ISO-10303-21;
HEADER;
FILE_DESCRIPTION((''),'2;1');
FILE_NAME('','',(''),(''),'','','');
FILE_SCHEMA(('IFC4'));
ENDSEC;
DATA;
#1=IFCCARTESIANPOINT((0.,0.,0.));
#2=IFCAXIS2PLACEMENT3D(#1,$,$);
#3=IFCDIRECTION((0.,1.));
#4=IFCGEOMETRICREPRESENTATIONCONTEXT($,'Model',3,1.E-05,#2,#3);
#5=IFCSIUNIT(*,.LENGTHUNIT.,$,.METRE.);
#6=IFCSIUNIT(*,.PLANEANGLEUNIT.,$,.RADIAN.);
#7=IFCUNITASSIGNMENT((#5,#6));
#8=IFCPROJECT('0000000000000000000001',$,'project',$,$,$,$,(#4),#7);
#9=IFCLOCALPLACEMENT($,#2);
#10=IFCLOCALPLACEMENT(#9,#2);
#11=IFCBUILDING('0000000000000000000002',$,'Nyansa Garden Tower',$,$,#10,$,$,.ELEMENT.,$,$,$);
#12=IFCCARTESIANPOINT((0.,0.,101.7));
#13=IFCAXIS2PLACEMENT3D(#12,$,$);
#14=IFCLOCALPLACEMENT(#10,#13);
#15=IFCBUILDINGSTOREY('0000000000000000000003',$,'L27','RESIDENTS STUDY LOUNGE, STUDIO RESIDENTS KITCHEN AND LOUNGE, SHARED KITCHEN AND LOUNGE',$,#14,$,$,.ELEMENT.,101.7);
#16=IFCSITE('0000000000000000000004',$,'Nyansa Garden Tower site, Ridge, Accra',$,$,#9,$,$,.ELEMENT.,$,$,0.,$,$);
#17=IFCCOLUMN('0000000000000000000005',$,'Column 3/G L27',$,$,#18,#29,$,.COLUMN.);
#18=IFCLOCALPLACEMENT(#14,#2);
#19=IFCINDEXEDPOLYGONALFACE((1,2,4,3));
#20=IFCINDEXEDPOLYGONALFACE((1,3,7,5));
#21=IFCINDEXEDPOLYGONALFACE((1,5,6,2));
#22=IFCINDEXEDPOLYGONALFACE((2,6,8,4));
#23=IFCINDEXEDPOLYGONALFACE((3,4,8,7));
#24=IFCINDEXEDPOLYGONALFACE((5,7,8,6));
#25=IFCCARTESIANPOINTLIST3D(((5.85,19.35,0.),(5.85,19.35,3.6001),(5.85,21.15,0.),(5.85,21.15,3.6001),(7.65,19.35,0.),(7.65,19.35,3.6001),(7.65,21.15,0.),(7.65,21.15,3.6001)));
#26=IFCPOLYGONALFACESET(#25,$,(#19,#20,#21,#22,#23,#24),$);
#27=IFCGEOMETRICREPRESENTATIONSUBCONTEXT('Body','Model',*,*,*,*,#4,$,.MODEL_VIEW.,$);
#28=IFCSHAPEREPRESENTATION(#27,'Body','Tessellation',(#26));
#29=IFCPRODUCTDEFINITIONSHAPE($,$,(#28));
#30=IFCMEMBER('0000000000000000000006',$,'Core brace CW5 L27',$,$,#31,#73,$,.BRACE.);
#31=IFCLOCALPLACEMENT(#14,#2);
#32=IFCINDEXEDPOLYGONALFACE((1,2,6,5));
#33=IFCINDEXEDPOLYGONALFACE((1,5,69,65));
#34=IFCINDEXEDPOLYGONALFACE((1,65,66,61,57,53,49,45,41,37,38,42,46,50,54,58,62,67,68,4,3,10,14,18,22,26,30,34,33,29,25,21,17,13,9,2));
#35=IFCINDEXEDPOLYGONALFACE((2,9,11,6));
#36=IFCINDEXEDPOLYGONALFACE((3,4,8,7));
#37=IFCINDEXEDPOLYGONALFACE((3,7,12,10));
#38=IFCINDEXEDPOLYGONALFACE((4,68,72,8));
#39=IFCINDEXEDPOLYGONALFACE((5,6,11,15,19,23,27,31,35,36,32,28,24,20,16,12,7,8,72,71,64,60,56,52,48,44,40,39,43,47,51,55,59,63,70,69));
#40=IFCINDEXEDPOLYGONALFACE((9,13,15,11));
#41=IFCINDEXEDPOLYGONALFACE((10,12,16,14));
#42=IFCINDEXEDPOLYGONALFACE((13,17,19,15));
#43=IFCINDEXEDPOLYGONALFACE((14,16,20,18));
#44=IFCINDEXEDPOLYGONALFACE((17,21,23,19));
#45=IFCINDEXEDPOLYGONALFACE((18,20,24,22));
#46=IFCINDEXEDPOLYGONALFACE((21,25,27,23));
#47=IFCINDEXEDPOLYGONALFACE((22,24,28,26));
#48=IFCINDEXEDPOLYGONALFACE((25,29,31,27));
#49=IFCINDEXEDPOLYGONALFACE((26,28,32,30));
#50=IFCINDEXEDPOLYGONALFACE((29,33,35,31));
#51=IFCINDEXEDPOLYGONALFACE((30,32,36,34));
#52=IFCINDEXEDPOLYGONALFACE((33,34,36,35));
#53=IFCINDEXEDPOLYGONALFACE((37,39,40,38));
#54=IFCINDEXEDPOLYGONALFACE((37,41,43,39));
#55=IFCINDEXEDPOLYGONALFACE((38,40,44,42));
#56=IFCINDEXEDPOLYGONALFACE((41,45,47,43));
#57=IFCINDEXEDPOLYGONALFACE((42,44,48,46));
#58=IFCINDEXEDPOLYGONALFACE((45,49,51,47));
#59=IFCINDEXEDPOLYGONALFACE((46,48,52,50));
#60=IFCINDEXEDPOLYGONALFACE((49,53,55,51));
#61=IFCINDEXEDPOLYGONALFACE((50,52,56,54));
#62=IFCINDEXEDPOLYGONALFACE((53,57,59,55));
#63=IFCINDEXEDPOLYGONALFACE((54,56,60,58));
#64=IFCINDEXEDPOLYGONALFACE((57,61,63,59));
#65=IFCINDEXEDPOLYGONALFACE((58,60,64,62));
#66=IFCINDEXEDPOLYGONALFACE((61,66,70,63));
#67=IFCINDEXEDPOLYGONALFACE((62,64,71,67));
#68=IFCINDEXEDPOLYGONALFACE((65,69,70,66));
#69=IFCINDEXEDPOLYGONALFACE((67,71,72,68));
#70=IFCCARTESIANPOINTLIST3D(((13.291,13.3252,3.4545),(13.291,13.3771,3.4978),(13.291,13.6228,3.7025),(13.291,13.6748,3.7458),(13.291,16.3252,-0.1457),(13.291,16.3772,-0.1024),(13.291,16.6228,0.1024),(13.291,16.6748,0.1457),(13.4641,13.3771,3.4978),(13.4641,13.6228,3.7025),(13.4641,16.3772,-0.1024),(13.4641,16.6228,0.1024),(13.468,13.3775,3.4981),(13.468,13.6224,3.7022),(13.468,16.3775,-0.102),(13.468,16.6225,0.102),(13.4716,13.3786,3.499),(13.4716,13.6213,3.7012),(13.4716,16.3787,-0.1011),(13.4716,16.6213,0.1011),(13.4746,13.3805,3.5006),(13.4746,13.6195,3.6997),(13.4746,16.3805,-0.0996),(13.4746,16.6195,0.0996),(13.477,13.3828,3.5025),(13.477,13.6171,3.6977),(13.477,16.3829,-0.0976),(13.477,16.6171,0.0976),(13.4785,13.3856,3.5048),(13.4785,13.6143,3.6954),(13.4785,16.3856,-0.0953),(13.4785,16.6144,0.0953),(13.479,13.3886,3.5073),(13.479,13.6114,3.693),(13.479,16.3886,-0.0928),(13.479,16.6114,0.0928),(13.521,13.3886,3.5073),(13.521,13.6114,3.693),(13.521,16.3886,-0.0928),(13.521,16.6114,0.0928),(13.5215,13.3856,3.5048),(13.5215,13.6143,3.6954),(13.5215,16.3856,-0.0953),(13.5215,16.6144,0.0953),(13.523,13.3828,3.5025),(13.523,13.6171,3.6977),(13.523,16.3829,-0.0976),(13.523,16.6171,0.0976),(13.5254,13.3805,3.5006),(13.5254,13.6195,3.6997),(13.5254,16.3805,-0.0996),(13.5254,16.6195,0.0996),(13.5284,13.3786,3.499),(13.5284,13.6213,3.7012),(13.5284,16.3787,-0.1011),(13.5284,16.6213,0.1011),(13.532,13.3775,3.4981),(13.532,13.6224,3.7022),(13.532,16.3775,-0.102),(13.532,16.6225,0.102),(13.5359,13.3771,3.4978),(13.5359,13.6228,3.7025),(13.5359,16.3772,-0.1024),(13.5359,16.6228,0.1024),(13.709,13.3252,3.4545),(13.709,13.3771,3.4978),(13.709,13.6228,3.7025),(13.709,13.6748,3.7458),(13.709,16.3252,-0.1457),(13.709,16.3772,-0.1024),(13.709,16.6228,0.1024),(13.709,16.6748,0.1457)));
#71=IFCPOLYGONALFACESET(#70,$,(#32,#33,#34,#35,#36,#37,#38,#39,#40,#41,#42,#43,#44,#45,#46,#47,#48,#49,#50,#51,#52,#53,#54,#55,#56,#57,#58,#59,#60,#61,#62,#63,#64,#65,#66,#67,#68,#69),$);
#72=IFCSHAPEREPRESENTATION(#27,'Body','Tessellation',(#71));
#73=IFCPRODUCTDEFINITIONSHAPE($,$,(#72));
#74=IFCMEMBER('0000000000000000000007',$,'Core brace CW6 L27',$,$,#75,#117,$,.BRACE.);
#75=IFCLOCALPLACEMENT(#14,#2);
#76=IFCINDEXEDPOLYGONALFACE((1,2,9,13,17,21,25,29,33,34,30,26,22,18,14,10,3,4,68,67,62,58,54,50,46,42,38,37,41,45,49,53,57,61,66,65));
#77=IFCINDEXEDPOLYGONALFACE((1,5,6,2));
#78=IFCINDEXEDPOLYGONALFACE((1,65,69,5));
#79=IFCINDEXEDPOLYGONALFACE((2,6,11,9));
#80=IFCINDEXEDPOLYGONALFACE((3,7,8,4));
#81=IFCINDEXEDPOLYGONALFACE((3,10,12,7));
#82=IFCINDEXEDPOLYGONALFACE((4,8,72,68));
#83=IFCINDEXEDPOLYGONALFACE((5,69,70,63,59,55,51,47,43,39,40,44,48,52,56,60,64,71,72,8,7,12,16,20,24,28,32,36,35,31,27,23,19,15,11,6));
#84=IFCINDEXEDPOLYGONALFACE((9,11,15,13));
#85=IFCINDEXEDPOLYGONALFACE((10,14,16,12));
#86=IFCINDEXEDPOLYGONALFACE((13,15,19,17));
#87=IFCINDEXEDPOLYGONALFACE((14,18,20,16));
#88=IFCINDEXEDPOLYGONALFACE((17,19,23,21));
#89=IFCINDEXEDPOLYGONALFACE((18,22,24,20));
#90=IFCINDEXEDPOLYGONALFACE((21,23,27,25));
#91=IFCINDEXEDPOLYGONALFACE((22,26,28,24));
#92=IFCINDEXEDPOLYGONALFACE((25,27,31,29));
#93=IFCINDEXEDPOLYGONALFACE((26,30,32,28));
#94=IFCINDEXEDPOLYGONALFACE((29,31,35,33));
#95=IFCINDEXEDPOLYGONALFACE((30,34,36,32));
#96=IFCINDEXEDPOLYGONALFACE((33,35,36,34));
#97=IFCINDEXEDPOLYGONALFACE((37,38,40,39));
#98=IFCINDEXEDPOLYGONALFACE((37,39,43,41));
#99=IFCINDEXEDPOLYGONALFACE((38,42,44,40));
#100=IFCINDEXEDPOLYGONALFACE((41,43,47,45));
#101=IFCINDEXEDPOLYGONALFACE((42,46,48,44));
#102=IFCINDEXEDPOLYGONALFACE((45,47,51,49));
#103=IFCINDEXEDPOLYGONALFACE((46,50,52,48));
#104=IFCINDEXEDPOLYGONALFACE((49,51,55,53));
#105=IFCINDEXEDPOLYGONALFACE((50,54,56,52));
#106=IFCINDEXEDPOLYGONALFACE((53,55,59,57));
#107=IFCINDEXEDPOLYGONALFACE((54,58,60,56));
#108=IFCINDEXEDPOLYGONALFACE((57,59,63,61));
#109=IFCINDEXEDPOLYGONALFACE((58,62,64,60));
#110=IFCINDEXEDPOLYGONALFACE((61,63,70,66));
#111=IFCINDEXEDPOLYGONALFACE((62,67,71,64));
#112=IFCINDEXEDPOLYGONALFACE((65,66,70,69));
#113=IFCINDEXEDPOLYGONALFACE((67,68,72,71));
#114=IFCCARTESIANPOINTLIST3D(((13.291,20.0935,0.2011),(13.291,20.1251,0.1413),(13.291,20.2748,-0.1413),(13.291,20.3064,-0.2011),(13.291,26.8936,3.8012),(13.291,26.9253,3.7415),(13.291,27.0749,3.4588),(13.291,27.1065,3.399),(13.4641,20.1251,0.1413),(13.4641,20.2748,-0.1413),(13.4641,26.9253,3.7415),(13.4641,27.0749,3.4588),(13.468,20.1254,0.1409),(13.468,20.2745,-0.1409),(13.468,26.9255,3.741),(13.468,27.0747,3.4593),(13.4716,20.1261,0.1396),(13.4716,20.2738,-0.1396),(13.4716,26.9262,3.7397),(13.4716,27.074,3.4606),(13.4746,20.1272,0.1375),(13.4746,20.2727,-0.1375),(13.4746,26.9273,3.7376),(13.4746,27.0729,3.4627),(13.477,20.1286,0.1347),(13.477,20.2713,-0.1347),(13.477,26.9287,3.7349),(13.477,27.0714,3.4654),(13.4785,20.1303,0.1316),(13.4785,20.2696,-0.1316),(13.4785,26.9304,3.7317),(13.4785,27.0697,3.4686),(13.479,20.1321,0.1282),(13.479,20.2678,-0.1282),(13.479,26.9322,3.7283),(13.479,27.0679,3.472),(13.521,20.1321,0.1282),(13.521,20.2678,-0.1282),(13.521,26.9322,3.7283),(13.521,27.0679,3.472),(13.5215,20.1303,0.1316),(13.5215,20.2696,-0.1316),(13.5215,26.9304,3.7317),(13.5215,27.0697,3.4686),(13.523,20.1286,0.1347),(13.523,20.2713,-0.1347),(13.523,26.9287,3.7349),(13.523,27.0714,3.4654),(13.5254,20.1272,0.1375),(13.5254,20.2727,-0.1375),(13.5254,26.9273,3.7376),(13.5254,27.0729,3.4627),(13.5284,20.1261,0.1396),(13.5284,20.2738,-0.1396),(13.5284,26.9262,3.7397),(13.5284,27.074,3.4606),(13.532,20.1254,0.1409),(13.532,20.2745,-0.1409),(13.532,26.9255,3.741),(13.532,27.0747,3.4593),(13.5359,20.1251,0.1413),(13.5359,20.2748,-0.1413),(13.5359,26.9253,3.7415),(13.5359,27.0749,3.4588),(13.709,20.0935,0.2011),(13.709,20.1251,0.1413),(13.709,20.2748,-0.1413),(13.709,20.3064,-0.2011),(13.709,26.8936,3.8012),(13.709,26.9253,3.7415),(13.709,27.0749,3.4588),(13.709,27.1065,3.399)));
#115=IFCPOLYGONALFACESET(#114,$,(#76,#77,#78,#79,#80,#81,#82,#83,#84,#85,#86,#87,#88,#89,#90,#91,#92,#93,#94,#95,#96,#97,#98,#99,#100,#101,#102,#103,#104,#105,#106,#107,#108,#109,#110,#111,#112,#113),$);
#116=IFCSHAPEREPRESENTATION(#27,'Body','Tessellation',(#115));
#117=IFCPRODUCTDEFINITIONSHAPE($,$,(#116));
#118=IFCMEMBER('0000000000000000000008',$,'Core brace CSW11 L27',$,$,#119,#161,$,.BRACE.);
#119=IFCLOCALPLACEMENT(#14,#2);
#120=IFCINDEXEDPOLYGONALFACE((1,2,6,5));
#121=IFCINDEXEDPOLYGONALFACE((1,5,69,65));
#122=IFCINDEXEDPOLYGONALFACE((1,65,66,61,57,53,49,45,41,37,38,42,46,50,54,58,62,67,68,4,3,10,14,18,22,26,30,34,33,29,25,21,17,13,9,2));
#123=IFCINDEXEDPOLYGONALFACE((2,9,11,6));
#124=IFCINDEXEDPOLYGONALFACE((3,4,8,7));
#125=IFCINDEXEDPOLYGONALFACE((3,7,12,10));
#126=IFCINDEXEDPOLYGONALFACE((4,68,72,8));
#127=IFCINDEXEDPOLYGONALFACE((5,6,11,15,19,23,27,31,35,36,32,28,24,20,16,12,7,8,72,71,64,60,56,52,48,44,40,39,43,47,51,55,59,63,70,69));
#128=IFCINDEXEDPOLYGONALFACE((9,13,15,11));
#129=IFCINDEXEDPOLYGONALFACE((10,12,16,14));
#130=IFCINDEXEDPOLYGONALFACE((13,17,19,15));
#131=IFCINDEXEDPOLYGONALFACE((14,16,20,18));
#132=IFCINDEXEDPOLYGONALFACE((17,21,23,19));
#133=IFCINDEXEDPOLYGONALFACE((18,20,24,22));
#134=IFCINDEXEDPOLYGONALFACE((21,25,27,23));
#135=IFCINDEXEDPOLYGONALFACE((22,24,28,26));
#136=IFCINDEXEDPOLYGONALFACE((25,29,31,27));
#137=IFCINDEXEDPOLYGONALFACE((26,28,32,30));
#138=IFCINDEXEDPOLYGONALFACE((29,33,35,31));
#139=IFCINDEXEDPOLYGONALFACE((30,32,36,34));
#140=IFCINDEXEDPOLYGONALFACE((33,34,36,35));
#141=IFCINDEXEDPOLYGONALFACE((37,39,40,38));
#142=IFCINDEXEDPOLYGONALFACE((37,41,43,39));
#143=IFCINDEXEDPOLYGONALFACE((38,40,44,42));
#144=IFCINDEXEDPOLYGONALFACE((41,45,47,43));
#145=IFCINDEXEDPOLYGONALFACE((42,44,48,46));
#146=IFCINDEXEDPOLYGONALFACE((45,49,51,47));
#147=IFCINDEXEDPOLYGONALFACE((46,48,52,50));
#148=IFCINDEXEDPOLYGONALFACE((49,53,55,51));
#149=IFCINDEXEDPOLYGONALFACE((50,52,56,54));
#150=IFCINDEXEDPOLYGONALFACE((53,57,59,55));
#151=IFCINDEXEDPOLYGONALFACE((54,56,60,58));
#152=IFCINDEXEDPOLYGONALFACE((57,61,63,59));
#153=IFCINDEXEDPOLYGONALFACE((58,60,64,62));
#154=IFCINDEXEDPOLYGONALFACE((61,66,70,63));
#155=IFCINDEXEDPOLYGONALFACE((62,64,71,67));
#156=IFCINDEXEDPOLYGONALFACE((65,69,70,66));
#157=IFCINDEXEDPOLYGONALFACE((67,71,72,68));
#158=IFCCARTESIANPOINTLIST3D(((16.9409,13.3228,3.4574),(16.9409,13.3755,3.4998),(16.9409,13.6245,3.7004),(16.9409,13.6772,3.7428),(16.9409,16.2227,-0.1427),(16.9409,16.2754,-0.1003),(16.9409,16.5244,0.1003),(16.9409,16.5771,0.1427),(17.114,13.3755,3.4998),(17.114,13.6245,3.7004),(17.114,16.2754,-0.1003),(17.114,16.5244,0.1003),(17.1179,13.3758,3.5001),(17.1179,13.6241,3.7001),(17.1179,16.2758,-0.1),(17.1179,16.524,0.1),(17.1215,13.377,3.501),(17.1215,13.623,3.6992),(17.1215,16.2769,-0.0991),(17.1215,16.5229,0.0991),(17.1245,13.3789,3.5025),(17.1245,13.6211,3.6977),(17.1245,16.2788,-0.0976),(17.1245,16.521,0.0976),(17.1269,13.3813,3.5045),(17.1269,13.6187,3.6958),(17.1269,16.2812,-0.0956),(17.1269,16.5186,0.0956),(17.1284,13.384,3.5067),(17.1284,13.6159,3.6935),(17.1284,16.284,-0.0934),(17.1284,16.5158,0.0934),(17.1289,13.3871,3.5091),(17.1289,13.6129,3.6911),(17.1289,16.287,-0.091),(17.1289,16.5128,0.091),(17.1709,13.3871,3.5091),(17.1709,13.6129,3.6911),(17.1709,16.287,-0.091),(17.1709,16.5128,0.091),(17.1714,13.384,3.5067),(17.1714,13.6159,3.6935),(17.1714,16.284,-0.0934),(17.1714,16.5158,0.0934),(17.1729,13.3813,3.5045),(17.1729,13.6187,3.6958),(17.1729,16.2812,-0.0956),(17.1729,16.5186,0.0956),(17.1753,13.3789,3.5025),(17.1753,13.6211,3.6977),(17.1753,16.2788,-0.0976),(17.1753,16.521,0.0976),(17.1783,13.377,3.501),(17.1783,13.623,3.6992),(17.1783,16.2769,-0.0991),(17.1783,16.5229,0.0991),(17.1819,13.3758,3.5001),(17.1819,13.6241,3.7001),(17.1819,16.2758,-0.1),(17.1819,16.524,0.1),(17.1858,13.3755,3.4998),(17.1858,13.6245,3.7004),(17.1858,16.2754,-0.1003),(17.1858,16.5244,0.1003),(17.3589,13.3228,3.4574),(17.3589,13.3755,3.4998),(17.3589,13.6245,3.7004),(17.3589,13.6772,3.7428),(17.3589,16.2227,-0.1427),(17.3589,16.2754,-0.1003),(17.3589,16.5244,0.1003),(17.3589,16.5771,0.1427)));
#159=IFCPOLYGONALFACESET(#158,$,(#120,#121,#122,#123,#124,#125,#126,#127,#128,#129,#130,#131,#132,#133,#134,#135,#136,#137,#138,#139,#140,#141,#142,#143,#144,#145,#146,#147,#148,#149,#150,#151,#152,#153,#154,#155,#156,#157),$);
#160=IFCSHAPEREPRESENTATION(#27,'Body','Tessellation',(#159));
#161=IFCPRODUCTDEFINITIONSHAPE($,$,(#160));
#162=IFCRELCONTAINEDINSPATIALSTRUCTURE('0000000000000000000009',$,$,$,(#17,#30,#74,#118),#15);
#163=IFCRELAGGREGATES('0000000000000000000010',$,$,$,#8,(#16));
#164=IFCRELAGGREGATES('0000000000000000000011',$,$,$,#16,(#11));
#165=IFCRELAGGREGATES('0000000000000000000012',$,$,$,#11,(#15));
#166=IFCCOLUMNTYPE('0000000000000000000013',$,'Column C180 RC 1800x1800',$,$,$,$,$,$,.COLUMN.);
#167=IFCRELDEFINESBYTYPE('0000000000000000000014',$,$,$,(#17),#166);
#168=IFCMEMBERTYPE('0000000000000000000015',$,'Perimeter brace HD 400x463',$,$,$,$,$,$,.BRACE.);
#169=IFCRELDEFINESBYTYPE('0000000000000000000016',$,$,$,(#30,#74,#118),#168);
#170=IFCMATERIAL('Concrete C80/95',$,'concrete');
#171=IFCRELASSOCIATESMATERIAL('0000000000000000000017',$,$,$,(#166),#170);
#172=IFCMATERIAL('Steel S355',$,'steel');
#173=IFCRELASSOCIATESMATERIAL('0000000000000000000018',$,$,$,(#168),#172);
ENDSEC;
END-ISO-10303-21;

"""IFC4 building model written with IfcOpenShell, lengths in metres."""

from ifc_helpers import new_model, si_unit, direction, frame, origin, origin_2d, place, context, subcontext, project, spatial, rectangle, i_section, extrude, material, material_profile, profile_set, type_object, element, save


model = new_model("IFC4")

# Units and contexts
model_context = context("Model", 3, precision=1e-05, world=origin(), true_north=direction((0.0, 1.0)))
body_context = subcontext(model_context, "Body", "Model", "MODEL_VIEW")
ifc_project = project(units=[si_unit("LENGTHUNIT", "METRE"), si_unit("PLANEANGLEUNIT", "RADIAN")], contexts=[model_context])

# Site, building, storey
site_placement = place(None, origin())
site = spatial("IfcSite", under=ifc_project, at=site_placement, Name="Nyansa Garden Tower site, Ridge, Accra", CompositionType="ELEMENT", RefElevation=0.0)
building_placement = place(site_placement, origin())
building = spatial("IfcBuilding", under=site, at=building_placement, Name="Nyansa Garden Tower", CompositionType="ELEMENT")
storey_placement = place(building_placement, frame((0.0, 0.0, 101.7)))
storey = spatial("IfcBuildingStorey", under=building, at=storey_placement, Name="L27", Description="RESIDENTS STUDY LOUNGE, STUDIO RESIDENTS KITCHEN AND LOUNGE, SHARED KITCHEN AND LOUNGE", CompositionType="ELEMENT", Elevation=101.7)

# Column
ifc_material_1 = material(Name="Concrete C80/95", Category="concrete")
ifc_material_profile_1 = material_profile(ifc_material_1, rectangle(XDim=1.8, YDim=1.8, at=origin_2d()), Name="RC 1800x1800")
ifc_profile_set_1 = profile_set([ifc_material_profile_1], Name="Concrete C80/95")
column_type = type_object("IfcColumnType", Name="Column C180 RC 1800x1800", PredefinedType="COLUMN", material=ifc_profile_set_1)
column_placement = place(storey_placement, frame((6.75, 20.25, 0.0), z_axis=(0.0, 0.0, 1.0), x_axis=(1.0, 0.0, 0.0)))
element("IfcColumn", 1, at=column_placement, inside=storey, type_object=column_type, Name="Column 3/G L27", PredefinedType="COLUMN", context=body_context, shape_type="SweptSolid", body=[
    extrude(rectangle(XDim=1.8, YDim=1.8, at=origin_2d()), origin(), (0.0, 0.0, 1.0), 3.6001),
])

# Members
ifc_material_2 = material(Name="Steel S355", Category="steel")
ifc_material_profile_2 = material_profile(ifc_material_2, i_section(OverallWidth=0.418, OverallDepth=0.4551, WebThickness=0.042, FlangeThickness=0.0676, FilletRadius=0.0149, at=origin_2d()), Name="HD 400x463")
ifc_profile_set_2 = profile_set([ifc_material_profile_2], Name="Steel S355")
member_type = type_object("IfcMemberType", Name="Perimeter brace HD 400x463", PredefinedType="BRACE", material=ifc_profile_set_2)
member_1_placement = place(storey_placement, frame((13.5, 16.5, 0.0), z_axis=(0.0, -0.640174, 0.76823), x_axis=(1.0, 0.0, 0.0)))
element("IfcMember", 2, at=member_1_placement, inside=storey, type_object=member_type, Name="Core brace CW5 L27", PredefinedType="BRACE", context=body_context, shape_type="SweptSolid", body=[
    extrude(i_section(OverallWidth=0.418, OverallDepth=0.4551, WebThickness=0.042, FlangeThickness=0.0676, FilletRadius=0.0149, at=origin_2d()), origin(), (0.0, 0.0, 1.0), 4.6863),
])
member_2_placement = place(storey_placement, frame((13.5, 20.2, 0.0), z_axis=(0.0, 0.883784, 0.467895), x_axis=(-1.0, 0.0, 0.0)))
element("IfcMember", 3, at=member_2_placement, inside=storey, type_object=member_type, Name="Core brace CW6 L27", PredefinedType="BRACE", context=body_context, shape_type="SweptSolid", body=[
    extrude(i_section(OverallWidth=0.418, OverallDepth=0.4551, WebThickness=0.042, FlangeThickness=0.0676, FilletRadius=0.0149, at=origin_2d()), origin(), (0.0, 0.0, 1.0), 7.6943),
])
member_3_placement = place(storey_placement, frame((17.1499, 16.3999, 0.0), z_axis=(0.0, -0.627306, 0.778773), x_axis=(1.0, 0.0, 0.0)))
element("IfcMember", 4, at=member_3_placement, inside=storey, type_object=member_type, Name="Core brace CSW11 L27", PredefinedType="BRACE", context=body_context, shape_type="SweptSolid", body=[
    extrude(i_section(OverallWidth=0.418, OverallDepth=0.4551, WebThickness=0.042, FlangeThickness=0.0676, FilletRadius=0.0149, at=origin_2d()), origin(), (0.0, 0.0, 1.0), 4.6228),
])

save(model, "model.ifc")
